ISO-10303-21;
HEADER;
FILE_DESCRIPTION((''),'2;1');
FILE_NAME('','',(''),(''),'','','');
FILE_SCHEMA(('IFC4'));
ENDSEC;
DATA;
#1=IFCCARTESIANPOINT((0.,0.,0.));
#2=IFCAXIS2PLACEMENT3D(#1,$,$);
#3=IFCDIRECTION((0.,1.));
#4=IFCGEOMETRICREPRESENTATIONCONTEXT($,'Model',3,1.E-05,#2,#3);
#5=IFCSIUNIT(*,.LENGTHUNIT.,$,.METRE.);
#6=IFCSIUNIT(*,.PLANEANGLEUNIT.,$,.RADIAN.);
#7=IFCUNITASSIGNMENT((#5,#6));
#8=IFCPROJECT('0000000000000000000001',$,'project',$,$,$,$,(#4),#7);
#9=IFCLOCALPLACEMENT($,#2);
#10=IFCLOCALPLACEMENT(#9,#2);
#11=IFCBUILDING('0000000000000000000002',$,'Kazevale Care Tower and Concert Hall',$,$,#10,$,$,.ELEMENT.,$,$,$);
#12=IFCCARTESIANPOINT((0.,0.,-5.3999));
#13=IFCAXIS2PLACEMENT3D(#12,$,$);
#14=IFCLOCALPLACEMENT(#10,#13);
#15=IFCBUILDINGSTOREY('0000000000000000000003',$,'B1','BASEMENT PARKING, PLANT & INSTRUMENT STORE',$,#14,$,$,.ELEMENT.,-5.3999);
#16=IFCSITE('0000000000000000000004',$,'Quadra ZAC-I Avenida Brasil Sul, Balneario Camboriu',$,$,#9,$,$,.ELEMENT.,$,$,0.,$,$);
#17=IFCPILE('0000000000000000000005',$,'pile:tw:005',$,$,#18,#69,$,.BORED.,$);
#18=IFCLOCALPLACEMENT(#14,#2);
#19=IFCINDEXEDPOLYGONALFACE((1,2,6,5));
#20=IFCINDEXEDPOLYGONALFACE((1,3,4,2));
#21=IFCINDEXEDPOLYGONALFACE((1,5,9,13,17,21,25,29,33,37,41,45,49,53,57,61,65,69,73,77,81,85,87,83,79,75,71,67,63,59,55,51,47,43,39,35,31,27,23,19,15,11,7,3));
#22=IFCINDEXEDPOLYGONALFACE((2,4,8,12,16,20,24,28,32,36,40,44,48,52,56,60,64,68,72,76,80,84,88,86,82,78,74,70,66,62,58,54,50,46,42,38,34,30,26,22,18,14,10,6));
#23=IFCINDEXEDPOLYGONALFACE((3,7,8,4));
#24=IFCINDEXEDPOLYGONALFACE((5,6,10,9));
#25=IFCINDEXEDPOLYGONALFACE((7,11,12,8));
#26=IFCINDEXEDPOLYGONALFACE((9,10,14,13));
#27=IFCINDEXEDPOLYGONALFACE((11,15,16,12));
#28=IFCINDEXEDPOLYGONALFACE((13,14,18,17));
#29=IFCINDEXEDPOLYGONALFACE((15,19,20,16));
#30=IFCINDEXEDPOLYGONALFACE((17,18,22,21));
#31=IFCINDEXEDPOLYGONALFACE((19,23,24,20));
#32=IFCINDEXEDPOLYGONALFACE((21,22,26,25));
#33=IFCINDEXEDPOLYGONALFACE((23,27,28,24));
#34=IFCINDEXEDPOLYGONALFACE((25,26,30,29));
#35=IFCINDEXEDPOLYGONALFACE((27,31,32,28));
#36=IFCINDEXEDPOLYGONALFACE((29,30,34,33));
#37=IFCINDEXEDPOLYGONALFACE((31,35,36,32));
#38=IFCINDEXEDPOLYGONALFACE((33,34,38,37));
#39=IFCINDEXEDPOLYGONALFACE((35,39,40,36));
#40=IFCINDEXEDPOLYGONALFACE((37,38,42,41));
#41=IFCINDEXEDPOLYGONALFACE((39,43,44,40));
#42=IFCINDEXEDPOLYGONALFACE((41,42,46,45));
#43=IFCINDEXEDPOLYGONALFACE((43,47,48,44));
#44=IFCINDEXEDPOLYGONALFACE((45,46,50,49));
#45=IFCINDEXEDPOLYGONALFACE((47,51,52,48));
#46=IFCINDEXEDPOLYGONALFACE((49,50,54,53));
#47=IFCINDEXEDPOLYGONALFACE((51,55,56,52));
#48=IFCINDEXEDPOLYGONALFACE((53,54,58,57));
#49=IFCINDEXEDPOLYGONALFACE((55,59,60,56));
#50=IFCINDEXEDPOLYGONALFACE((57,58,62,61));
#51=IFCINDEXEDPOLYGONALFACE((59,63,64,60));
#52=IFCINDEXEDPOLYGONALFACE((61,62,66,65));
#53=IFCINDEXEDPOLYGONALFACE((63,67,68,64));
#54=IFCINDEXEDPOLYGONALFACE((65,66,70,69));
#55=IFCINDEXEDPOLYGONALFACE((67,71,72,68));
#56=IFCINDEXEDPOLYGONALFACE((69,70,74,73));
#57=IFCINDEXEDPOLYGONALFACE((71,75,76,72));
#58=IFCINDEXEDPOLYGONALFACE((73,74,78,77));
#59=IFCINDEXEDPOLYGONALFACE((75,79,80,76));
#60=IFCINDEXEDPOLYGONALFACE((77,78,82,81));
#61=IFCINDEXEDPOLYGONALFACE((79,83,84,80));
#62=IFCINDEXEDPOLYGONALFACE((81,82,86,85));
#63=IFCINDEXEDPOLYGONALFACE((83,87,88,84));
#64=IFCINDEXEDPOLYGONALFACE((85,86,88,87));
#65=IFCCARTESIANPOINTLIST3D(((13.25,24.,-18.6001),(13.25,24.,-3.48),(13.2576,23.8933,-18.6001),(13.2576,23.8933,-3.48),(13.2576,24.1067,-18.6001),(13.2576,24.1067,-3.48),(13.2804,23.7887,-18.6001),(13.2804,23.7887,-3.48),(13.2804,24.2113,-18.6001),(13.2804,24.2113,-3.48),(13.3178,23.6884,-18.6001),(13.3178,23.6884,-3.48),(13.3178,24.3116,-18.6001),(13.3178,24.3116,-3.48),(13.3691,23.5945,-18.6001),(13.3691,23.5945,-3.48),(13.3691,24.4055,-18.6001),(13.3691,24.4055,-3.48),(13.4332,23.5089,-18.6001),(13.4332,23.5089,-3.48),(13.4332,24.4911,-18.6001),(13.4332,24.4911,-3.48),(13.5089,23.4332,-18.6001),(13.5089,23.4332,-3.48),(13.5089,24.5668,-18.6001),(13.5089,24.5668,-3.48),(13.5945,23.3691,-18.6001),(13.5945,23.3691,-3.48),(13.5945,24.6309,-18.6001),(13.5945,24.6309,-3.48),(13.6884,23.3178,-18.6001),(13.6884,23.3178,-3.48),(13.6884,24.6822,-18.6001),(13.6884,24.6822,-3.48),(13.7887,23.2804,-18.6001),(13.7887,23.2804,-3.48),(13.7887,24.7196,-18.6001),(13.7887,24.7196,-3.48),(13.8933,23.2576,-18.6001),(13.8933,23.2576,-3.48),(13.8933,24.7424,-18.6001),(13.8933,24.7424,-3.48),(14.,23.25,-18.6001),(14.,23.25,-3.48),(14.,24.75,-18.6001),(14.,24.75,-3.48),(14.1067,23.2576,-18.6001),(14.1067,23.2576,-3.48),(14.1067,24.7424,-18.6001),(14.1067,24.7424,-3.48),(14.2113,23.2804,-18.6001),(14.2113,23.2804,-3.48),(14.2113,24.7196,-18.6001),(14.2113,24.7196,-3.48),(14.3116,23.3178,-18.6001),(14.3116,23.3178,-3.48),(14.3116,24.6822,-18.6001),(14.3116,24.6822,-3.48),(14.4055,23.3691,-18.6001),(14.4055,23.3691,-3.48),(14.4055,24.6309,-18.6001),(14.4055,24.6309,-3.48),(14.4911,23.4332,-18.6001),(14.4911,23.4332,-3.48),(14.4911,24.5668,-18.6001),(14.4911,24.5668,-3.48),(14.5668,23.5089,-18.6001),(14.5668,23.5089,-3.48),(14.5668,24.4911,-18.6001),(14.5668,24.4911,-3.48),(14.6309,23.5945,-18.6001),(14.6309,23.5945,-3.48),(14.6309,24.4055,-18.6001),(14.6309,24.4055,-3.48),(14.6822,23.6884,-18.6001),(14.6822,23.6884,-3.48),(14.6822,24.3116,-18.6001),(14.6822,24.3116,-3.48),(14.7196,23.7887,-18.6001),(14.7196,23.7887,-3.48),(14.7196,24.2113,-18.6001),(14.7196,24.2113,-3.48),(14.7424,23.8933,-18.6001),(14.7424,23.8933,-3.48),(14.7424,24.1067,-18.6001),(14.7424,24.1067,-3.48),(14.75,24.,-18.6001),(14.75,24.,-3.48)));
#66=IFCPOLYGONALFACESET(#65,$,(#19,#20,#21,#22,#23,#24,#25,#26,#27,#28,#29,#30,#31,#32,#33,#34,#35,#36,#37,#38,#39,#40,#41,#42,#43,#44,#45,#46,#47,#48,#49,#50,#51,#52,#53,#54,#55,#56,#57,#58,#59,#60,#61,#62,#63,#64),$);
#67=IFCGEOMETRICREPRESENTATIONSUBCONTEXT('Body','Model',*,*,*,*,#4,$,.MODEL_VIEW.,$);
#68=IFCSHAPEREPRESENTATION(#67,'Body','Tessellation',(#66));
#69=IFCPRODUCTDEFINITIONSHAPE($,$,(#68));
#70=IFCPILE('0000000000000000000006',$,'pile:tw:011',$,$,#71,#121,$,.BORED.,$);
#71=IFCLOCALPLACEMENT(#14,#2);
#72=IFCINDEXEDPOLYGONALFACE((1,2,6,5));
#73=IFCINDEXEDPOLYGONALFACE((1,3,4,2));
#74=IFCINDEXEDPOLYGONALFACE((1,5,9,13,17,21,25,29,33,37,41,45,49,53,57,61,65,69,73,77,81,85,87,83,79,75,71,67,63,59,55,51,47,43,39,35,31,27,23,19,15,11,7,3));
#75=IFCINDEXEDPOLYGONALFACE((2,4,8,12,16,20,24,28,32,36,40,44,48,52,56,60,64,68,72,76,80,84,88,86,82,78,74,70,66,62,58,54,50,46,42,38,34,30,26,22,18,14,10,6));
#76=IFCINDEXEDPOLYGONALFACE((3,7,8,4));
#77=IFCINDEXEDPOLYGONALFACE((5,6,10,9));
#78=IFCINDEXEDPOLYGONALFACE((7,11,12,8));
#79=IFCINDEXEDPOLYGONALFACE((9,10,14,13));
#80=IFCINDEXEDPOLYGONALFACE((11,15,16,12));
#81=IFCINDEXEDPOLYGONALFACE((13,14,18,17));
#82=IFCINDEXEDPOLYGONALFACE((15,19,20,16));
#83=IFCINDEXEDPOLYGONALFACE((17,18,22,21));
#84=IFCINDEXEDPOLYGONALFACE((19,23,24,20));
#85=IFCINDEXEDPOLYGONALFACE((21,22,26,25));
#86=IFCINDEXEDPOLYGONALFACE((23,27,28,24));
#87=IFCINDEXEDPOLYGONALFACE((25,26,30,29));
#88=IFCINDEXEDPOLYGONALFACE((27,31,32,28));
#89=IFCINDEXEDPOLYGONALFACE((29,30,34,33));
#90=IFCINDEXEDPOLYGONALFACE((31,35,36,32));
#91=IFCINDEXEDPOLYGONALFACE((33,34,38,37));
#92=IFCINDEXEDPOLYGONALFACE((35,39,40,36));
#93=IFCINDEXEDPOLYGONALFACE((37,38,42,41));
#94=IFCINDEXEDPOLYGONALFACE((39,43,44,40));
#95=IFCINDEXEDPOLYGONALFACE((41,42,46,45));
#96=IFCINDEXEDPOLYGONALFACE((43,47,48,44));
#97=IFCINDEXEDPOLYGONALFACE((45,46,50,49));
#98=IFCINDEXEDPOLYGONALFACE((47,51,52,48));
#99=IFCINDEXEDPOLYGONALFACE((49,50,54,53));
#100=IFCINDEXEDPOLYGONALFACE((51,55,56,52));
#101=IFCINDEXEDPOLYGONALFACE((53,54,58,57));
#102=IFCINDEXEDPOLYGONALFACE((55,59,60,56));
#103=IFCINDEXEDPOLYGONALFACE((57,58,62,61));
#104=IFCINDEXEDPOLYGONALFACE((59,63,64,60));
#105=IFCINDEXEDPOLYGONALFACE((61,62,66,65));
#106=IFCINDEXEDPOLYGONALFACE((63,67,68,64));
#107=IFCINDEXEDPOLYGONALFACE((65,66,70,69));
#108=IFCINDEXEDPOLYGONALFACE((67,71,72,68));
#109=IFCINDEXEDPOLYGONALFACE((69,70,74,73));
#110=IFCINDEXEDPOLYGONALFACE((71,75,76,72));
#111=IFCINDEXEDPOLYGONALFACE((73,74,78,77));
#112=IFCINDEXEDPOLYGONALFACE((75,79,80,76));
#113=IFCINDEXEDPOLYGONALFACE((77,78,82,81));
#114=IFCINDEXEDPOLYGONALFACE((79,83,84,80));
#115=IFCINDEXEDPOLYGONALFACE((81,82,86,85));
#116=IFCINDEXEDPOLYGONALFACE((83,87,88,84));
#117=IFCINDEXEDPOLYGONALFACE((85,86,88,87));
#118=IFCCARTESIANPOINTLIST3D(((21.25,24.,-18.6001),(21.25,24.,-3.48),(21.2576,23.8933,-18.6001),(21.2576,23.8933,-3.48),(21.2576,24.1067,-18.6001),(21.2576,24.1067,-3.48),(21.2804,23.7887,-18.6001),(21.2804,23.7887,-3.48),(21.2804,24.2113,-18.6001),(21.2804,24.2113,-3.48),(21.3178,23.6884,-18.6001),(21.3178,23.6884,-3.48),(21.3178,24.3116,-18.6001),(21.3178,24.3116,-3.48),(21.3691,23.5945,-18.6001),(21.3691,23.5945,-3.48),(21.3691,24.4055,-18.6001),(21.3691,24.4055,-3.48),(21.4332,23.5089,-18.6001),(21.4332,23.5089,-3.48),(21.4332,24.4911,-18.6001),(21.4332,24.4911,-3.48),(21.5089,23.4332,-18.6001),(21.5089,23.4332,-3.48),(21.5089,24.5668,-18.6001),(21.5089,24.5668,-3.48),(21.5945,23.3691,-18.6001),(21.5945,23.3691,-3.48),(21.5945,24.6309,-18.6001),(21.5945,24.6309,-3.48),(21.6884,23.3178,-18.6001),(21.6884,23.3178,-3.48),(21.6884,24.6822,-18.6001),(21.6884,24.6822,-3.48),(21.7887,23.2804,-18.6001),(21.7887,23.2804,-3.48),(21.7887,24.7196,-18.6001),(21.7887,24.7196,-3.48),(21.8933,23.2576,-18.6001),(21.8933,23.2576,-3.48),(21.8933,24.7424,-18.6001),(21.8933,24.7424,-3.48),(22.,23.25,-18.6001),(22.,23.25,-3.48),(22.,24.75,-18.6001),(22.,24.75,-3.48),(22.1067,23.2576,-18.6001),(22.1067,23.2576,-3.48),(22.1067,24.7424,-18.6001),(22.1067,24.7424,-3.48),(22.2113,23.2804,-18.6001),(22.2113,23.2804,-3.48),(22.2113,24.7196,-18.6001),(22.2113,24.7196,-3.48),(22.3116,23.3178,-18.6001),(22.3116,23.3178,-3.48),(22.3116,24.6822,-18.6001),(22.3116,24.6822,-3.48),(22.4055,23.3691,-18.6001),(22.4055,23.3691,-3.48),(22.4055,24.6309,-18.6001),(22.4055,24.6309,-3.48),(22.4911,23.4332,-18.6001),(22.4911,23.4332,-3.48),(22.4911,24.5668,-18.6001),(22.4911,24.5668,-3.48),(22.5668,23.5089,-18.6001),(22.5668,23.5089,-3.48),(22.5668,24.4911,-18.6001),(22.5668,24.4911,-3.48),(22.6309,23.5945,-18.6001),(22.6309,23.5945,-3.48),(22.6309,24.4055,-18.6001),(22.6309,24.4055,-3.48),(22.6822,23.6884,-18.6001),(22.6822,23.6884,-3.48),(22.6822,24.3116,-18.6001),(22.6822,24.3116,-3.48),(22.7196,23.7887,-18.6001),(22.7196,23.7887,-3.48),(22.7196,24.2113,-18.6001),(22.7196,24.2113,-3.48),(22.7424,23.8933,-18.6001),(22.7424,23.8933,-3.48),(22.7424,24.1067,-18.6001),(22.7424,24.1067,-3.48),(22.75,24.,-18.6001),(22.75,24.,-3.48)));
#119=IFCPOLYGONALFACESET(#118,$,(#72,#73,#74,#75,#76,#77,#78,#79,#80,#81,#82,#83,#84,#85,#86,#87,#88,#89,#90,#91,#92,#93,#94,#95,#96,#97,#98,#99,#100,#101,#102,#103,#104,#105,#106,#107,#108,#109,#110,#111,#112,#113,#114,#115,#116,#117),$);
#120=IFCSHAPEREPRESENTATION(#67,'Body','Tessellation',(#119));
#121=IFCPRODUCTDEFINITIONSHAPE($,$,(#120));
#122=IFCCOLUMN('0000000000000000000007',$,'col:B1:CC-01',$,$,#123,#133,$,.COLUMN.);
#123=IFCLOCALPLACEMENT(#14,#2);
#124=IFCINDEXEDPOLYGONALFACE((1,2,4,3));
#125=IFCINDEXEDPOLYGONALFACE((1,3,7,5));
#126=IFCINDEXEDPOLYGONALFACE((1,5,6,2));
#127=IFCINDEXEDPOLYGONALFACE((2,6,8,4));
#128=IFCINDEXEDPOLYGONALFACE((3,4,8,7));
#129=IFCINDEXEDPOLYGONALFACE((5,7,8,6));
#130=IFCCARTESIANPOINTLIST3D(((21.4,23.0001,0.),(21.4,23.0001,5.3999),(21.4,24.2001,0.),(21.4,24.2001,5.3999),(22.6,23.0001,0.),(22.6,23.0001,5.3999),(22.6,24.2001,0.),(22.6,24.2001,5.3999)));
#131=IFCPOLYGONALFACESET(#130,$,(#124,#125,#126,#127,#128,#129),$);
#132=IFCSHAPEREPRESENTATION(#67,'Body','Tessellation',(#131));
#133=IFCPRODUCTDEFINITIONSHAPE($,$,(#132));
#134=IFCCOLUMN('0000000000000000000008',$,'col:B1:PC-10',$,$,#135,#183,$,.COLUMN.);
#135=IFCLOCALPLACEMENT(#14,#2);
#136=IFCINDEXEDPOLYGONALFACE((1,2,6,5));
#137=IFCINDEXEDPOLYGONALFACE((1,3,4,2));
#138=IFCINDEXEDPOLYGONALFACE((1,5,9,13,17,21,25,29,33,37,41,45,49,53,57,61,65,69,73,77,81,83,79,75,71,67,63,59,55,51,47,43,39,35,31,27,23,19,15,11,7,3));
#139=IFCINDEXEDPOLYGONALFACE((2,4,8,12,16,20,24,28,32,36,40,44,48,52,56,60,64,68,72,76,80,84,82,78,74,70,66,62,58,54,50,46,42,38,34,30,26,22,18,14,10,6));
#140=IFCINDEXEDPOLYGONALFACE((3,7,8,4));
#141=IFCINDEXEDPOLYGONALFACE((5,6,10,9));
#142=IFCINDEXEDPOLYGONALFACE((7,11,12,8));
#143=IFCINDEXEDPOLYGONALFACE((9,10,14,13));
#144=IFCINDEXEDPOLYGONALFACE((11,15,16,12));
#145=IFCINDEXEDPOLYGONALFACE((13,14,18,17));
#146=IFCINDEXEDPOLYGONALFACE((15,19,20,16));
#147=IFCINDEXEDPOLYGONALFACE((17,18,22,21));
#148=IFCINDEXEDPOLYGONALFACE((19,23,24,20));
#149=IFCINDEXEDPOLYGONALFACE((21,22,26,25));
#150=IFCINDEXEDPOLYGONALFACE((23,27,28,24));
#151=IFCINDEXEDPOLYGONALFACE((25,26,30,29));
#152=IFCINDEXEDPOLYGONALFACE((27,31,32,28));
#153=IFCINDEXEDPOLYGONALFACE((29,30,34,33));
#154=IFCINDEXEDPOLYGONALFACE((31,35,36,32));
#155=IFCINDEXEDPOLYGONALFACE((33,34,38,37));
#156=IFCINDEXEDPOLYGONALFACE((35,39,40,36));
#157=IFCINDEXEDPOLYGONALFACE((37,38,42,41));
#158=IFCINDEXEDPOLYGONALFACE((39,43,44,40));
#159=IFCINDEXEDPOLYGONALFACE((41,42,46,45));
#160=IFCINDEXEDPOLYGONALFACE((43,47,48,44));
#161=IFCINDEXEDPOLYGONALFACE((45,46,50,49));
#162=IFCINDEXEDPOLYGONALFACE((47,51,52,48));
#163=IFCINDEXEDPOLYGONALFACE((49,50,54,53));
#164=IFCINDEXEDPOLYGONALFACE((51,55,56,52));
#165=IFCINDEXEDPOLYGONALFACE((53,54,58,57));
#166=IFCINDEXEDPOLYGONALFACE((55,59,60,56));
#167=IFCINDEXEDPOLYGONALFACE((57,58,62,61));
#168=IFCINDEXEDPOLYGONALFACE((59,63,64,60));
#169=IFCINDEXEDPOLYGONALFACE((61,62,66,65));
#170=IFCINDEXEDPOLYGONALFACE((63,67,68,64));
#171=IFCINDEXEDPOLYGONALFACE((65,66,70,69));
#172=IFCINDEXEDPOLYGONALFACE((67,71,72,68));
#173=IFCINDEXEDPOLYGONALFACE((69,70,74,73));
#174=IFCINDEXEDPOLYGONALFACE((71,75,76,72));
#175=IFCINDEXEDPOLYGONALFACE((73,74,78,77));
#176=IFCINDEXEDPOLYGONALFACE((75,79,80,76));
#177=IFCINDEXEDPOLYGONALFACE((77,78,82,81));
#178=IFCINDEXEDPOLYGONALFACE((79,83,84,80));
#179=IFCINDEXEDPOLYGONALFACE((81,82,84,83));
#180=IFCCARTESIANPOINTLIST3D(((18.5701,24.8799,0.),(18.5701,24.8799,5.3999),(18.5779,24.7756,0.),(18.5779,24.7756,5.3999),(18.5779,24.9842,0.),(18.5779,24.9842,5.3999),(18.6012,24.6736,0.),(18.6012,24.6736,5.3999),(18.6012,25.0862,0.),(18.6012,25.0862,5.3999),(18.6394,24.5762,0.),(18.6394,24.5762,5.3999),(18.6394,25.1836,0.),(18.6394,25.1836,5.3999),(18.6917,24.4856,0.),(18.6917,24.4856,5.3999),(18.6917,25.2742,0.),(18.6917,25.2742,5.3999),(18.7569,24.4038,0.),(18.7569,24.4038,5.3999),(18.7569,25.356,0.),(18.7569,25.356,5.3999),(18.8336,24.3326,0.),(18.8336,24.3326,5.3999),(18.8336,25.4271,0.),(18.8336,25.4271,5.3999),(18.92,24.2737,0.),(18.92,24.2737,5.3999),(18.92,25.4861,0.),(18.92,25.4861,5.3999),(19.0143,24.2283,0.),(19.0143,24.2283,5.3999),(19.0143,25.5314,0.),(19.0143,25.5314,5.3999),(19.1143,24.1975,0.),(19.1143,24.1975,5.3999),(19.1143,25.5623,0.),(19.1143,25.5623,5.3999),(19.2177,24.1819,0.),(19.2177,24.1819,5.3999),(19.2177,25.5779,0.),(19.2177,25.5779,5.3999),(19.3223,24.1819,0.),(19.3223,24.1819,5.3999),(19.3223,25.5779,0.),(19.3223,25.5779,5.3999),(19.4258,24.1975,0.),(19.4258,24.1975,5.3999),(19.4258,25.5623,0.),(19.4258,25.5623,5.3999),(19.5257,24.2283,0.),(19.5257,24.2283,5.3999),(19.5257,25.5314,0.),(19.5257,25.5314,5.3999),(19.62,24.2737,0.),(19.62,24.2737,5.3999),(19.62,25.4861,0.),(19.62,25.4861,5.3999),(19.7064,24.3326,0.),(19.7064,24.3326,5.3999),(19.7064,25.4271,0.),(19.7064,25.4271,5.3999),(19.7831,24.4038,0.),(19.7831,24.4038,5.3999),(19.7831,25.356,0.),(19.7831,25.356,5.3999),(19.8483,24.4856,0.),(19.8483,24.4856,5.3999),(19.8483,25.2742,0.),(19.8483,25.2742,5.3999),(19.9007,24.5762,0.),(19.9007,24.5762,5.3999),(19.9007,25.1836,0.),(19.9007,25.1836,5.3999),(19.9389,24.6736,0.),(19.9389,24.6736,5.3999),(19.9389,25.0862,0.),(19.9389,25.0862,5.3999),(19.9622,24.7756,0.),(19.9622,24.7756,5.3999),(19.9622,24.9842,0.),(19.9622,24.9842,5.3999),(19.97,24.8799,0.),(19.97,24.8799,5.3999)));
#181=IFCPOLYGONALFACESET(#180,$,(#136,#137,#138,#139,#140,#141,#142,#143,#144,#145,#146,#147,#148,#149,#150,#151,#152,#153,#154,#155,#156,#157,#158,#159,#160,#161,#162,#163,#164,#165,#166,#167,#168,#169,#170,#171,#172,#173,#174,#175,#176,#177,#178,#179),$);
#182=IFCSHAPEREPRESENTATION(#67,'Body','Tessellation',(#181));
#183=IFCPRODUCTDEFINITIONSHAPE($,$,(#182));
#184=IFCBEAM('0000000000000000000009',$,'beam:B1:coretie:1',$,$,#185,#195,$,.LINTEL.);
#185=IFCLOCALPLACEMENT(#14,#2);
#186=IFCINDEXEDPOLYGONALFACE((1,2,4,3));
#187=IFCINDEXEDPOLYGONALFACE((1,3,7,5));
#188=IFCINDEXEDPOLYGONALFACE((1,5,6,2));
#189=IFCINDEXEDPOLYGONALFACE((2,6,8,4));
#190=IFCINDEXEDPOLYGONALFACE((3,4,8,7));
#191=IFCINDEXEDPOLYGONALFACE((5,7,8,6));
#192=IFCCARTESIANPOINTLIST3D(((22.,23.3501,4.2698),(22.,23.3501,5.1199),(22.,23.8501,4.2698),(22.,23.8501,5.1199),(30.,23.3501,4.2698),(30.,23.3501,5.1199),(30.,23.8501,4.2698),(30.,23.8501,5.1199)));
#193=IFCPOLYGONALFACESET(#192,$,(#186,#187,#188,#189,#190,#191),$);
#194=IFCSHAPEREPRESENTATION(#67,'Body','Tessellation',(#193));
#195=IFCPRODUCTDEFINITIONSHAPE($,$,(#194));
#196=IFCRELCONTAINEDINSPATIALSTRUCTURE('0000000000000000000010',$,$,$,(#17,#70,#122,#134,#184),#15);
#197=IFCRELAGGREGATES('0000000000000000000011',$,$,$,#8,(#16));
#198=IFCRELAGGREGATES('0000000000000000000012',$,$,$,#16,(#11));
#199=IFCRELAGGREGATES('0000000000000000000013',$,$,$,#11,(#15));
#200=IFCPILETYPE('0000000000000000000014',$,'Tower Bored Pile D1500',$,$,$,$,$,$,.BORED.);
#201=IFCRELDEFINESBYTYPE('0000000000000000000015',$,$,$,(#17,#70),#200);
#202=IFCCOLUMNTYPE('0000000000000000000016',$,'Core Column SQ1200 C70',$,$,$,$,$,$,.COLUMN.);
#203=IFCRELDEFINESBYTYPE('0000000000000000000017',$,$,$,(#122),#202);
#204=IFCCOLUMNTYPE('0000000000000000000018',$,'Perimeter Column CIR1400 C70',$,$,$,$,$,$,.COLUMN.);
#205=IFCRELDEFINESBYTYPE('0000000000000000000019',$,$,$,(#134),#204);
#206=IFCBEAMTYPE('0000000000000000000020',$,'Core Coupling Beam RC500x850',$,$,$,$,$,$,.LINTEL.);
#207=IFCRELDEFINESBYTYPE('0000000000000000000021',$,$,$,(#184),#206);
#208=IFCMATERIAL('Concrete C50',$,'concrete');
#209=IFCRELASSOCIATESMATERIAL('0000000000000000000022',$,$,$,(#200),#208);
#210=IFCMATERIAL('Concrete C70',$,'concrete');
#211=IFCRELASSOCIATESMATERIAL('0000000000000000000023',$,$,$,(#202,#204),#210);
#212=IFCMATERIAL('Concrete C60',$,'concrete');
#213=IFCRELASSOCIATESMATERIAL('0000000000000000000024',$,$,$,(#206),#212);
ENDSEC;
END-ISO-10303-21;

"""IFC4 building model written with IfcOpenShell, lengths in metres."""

from ifc_helpers import new_model, si_unit, direction, frame, origin, origin_2d, place, context, subcontext, project, spatial, rectangle, circle, extrude, material, material_profile, profile_set, type_object, element, save


model = new_model("IFC4")

# Units and contexts
model_context = context("Model", 3, precision=1e-05, world=origin(), true_north=direction((0.0, 1.0)))
body_context = subcontext(model_context, "Body", "Model", "MODEL_VIEW")
ifc_project = project(units=[si_unit("LENGTHUNIT", "METRE"), si_unit("PLANEANGLEUNIT", "RADIAN")], contexts=[model_context])

# Site, building, storey
site_placement = place(None, origin())
site = spatial("IfcSite", under=ifc_project, at=site_placement, Name="Quadra ZAC-I Avenida Brasil Sul, Balneario Camboriu", CompositionType="ELEMENT", RefElevation=0.0)
building_placement = place(site_placement, origin())
building = spatial("IfcBuilding", under=site, at=building_placement, Name="Kazevale Care Tower and Concert Hall", CompositionType="ELEMENT")
storey_placement = place(building_placement, frame((0.0, 0.0, -5.3999)))
storey = spatial("IfcBuildingStorey", under=building, at=storey_placement, Name="B1", Description="BASEMENT PARKING, PLANT & INSTRUMENT STORE", CompositionType="ELEMENT", Elevation=-5.3999)

# Piles
ifc_material_1 = material(Name="Concrete C50", Category="concrete")
ifc_material_profile_1 = material_profile(ifc_material_1, circle(Radius=0.75, at=origin_2d()), Name="PILE-D1500")
ifc_profile_set_1 = profile_set([ifc_material_profile_1], Name="Concrete C50")
pile_type = type_object("IfcPileType", Name="Tower Bored Pile D1500", PredefinedType="BORED", material=ifc_profile_set_1)
for number, where, z_axis, x_axis, name in (
    (1, (14.0, 24.0, -3.48), (0.0, 0.0, -1.0), (1.0, 0.0, 0.0), "pile:tw:005"),
    (2, (22.0, 24.0, -3.48), (0.0, 0.0, -1.0), (1.0, 0.0, 0.0), "pile:tw:011"),
):
    element("IfcPile", number, at=place(storey_placement, frame(where, z_axis=z_axis, x_axis=x_axis)), inside=storey, type_object=pile_type, Name=name, PredefinedType="BORED", context=body_context, shape_type="SweptSolid", body=[
        extrude(circle(Radius=0.75, at=origin_2d()), origin(), (0.0, 0.0, 1.0), 15.1201),
    ])

# Columns
ifc_material_2 = material(Name="Concrete C70", Category="concrete")
ifc_material_profile_2 = material_profile(ifc_material_2, rectangle(XDim=1.2, YDim=1.2, at=origin_2d()), Name="RC-SQ1200")
ifc_profile_set_2 = profile_set([ifc_material_profile_2], Name="Concrete C70")
column_type_1 = type_object("IfcColumnType", Name="Core Column SQ1200 C70", PredefinedType="COLUMN", material=ifc_profile_set_2)
column_1_placement = place(storey_placement, frame((22.0, 23.6001, 0.0), z_axis=(0.0, 0.0, 1.0), x_axis=(1.0, 0.0, 0.0)))
element("IfcColumn", 3, at=column_1_placement, inside=storey, type_object=column_type_1, Name="col:B1:CC-01", PredefinedType="COLUMN", context=body_context, shape_type="SweptSolid", body=[
    extrude(rectangle(XDim=1.2, YDim=1.2, at=origin_2d()), origin(), (0.0, 0.0, 1.0), 5.3999),
])
ifc_material_profile_3 = material_profile(ifc_material_2, circle(Radius=0.7, at=origin_2d()), Name="RC-CIR1400")
ifc_profile_set_3 = profile_set([ifc_material_profile_3], Name="Concrete C70")
column_type_2 = type_object("IfcColumnType", Name="Perimeter Column CIR1400 C70", PredefinedType="COLUMN", material=ifc_profile_set_3)
column_2_placement = place(storey_placement, frame((19.27, 24.8799, 0.0), z_axis=(0.0, 0.0, 1.0), x_axis=(1.0, 0.0, 0.0)))
element("IfcColumn", 4, at=column_2_placement, inside=storey, type_object=column_type_2, Name="col:B1:PC-10", PredefinedType="COLUMN", context=body_context, shape_type="SweptSolid", body=[
    extrude(circle(Radius=0.7, at=origin_2d()), origin(), (0.0, 0.0, 1.0), 5.3999),
])

# Beam
ifc_material_3 = material(Name="Concrete C60", Category="concrete")
ifc_material_profile_4 = material_profile(ifc_material_3, rectangle(XDim=0.5, YDim=0.8501, at=origin_2d()), Name="RC-B500x850")
ifc_profile_set_4 = profile_set([ifc_material_profile_4], Name="Concrete C60")
beam_type_1 = type_object("IfcBeamType", Name="Core Coupling Beam RC500x850", PredefinedType="LINTEL", material=ifc_profile_set_4)
beam_1_placement = place(storey_placement, frame((22.0, 23.6001, 4.6948), z_axis=(1.0, 0.0, 0.0), x_axis=(0.0, 1.0, 0.0)))
element("IfcBeam", 5, at=beam_1_placement, inside=storey, type_object=beam_type_1, Name="beam:B1:coretie:1", PredefinedType="LINTEL", context=body_context, shape_type="SweptSolid", body=[
    extrude(rectangle(XDim=0.5, YDim=0.8501, at=origin_2d()), origin(), (0.0, 0.0, 1.0), 8.0),
])

save(model, "model.ifc")
